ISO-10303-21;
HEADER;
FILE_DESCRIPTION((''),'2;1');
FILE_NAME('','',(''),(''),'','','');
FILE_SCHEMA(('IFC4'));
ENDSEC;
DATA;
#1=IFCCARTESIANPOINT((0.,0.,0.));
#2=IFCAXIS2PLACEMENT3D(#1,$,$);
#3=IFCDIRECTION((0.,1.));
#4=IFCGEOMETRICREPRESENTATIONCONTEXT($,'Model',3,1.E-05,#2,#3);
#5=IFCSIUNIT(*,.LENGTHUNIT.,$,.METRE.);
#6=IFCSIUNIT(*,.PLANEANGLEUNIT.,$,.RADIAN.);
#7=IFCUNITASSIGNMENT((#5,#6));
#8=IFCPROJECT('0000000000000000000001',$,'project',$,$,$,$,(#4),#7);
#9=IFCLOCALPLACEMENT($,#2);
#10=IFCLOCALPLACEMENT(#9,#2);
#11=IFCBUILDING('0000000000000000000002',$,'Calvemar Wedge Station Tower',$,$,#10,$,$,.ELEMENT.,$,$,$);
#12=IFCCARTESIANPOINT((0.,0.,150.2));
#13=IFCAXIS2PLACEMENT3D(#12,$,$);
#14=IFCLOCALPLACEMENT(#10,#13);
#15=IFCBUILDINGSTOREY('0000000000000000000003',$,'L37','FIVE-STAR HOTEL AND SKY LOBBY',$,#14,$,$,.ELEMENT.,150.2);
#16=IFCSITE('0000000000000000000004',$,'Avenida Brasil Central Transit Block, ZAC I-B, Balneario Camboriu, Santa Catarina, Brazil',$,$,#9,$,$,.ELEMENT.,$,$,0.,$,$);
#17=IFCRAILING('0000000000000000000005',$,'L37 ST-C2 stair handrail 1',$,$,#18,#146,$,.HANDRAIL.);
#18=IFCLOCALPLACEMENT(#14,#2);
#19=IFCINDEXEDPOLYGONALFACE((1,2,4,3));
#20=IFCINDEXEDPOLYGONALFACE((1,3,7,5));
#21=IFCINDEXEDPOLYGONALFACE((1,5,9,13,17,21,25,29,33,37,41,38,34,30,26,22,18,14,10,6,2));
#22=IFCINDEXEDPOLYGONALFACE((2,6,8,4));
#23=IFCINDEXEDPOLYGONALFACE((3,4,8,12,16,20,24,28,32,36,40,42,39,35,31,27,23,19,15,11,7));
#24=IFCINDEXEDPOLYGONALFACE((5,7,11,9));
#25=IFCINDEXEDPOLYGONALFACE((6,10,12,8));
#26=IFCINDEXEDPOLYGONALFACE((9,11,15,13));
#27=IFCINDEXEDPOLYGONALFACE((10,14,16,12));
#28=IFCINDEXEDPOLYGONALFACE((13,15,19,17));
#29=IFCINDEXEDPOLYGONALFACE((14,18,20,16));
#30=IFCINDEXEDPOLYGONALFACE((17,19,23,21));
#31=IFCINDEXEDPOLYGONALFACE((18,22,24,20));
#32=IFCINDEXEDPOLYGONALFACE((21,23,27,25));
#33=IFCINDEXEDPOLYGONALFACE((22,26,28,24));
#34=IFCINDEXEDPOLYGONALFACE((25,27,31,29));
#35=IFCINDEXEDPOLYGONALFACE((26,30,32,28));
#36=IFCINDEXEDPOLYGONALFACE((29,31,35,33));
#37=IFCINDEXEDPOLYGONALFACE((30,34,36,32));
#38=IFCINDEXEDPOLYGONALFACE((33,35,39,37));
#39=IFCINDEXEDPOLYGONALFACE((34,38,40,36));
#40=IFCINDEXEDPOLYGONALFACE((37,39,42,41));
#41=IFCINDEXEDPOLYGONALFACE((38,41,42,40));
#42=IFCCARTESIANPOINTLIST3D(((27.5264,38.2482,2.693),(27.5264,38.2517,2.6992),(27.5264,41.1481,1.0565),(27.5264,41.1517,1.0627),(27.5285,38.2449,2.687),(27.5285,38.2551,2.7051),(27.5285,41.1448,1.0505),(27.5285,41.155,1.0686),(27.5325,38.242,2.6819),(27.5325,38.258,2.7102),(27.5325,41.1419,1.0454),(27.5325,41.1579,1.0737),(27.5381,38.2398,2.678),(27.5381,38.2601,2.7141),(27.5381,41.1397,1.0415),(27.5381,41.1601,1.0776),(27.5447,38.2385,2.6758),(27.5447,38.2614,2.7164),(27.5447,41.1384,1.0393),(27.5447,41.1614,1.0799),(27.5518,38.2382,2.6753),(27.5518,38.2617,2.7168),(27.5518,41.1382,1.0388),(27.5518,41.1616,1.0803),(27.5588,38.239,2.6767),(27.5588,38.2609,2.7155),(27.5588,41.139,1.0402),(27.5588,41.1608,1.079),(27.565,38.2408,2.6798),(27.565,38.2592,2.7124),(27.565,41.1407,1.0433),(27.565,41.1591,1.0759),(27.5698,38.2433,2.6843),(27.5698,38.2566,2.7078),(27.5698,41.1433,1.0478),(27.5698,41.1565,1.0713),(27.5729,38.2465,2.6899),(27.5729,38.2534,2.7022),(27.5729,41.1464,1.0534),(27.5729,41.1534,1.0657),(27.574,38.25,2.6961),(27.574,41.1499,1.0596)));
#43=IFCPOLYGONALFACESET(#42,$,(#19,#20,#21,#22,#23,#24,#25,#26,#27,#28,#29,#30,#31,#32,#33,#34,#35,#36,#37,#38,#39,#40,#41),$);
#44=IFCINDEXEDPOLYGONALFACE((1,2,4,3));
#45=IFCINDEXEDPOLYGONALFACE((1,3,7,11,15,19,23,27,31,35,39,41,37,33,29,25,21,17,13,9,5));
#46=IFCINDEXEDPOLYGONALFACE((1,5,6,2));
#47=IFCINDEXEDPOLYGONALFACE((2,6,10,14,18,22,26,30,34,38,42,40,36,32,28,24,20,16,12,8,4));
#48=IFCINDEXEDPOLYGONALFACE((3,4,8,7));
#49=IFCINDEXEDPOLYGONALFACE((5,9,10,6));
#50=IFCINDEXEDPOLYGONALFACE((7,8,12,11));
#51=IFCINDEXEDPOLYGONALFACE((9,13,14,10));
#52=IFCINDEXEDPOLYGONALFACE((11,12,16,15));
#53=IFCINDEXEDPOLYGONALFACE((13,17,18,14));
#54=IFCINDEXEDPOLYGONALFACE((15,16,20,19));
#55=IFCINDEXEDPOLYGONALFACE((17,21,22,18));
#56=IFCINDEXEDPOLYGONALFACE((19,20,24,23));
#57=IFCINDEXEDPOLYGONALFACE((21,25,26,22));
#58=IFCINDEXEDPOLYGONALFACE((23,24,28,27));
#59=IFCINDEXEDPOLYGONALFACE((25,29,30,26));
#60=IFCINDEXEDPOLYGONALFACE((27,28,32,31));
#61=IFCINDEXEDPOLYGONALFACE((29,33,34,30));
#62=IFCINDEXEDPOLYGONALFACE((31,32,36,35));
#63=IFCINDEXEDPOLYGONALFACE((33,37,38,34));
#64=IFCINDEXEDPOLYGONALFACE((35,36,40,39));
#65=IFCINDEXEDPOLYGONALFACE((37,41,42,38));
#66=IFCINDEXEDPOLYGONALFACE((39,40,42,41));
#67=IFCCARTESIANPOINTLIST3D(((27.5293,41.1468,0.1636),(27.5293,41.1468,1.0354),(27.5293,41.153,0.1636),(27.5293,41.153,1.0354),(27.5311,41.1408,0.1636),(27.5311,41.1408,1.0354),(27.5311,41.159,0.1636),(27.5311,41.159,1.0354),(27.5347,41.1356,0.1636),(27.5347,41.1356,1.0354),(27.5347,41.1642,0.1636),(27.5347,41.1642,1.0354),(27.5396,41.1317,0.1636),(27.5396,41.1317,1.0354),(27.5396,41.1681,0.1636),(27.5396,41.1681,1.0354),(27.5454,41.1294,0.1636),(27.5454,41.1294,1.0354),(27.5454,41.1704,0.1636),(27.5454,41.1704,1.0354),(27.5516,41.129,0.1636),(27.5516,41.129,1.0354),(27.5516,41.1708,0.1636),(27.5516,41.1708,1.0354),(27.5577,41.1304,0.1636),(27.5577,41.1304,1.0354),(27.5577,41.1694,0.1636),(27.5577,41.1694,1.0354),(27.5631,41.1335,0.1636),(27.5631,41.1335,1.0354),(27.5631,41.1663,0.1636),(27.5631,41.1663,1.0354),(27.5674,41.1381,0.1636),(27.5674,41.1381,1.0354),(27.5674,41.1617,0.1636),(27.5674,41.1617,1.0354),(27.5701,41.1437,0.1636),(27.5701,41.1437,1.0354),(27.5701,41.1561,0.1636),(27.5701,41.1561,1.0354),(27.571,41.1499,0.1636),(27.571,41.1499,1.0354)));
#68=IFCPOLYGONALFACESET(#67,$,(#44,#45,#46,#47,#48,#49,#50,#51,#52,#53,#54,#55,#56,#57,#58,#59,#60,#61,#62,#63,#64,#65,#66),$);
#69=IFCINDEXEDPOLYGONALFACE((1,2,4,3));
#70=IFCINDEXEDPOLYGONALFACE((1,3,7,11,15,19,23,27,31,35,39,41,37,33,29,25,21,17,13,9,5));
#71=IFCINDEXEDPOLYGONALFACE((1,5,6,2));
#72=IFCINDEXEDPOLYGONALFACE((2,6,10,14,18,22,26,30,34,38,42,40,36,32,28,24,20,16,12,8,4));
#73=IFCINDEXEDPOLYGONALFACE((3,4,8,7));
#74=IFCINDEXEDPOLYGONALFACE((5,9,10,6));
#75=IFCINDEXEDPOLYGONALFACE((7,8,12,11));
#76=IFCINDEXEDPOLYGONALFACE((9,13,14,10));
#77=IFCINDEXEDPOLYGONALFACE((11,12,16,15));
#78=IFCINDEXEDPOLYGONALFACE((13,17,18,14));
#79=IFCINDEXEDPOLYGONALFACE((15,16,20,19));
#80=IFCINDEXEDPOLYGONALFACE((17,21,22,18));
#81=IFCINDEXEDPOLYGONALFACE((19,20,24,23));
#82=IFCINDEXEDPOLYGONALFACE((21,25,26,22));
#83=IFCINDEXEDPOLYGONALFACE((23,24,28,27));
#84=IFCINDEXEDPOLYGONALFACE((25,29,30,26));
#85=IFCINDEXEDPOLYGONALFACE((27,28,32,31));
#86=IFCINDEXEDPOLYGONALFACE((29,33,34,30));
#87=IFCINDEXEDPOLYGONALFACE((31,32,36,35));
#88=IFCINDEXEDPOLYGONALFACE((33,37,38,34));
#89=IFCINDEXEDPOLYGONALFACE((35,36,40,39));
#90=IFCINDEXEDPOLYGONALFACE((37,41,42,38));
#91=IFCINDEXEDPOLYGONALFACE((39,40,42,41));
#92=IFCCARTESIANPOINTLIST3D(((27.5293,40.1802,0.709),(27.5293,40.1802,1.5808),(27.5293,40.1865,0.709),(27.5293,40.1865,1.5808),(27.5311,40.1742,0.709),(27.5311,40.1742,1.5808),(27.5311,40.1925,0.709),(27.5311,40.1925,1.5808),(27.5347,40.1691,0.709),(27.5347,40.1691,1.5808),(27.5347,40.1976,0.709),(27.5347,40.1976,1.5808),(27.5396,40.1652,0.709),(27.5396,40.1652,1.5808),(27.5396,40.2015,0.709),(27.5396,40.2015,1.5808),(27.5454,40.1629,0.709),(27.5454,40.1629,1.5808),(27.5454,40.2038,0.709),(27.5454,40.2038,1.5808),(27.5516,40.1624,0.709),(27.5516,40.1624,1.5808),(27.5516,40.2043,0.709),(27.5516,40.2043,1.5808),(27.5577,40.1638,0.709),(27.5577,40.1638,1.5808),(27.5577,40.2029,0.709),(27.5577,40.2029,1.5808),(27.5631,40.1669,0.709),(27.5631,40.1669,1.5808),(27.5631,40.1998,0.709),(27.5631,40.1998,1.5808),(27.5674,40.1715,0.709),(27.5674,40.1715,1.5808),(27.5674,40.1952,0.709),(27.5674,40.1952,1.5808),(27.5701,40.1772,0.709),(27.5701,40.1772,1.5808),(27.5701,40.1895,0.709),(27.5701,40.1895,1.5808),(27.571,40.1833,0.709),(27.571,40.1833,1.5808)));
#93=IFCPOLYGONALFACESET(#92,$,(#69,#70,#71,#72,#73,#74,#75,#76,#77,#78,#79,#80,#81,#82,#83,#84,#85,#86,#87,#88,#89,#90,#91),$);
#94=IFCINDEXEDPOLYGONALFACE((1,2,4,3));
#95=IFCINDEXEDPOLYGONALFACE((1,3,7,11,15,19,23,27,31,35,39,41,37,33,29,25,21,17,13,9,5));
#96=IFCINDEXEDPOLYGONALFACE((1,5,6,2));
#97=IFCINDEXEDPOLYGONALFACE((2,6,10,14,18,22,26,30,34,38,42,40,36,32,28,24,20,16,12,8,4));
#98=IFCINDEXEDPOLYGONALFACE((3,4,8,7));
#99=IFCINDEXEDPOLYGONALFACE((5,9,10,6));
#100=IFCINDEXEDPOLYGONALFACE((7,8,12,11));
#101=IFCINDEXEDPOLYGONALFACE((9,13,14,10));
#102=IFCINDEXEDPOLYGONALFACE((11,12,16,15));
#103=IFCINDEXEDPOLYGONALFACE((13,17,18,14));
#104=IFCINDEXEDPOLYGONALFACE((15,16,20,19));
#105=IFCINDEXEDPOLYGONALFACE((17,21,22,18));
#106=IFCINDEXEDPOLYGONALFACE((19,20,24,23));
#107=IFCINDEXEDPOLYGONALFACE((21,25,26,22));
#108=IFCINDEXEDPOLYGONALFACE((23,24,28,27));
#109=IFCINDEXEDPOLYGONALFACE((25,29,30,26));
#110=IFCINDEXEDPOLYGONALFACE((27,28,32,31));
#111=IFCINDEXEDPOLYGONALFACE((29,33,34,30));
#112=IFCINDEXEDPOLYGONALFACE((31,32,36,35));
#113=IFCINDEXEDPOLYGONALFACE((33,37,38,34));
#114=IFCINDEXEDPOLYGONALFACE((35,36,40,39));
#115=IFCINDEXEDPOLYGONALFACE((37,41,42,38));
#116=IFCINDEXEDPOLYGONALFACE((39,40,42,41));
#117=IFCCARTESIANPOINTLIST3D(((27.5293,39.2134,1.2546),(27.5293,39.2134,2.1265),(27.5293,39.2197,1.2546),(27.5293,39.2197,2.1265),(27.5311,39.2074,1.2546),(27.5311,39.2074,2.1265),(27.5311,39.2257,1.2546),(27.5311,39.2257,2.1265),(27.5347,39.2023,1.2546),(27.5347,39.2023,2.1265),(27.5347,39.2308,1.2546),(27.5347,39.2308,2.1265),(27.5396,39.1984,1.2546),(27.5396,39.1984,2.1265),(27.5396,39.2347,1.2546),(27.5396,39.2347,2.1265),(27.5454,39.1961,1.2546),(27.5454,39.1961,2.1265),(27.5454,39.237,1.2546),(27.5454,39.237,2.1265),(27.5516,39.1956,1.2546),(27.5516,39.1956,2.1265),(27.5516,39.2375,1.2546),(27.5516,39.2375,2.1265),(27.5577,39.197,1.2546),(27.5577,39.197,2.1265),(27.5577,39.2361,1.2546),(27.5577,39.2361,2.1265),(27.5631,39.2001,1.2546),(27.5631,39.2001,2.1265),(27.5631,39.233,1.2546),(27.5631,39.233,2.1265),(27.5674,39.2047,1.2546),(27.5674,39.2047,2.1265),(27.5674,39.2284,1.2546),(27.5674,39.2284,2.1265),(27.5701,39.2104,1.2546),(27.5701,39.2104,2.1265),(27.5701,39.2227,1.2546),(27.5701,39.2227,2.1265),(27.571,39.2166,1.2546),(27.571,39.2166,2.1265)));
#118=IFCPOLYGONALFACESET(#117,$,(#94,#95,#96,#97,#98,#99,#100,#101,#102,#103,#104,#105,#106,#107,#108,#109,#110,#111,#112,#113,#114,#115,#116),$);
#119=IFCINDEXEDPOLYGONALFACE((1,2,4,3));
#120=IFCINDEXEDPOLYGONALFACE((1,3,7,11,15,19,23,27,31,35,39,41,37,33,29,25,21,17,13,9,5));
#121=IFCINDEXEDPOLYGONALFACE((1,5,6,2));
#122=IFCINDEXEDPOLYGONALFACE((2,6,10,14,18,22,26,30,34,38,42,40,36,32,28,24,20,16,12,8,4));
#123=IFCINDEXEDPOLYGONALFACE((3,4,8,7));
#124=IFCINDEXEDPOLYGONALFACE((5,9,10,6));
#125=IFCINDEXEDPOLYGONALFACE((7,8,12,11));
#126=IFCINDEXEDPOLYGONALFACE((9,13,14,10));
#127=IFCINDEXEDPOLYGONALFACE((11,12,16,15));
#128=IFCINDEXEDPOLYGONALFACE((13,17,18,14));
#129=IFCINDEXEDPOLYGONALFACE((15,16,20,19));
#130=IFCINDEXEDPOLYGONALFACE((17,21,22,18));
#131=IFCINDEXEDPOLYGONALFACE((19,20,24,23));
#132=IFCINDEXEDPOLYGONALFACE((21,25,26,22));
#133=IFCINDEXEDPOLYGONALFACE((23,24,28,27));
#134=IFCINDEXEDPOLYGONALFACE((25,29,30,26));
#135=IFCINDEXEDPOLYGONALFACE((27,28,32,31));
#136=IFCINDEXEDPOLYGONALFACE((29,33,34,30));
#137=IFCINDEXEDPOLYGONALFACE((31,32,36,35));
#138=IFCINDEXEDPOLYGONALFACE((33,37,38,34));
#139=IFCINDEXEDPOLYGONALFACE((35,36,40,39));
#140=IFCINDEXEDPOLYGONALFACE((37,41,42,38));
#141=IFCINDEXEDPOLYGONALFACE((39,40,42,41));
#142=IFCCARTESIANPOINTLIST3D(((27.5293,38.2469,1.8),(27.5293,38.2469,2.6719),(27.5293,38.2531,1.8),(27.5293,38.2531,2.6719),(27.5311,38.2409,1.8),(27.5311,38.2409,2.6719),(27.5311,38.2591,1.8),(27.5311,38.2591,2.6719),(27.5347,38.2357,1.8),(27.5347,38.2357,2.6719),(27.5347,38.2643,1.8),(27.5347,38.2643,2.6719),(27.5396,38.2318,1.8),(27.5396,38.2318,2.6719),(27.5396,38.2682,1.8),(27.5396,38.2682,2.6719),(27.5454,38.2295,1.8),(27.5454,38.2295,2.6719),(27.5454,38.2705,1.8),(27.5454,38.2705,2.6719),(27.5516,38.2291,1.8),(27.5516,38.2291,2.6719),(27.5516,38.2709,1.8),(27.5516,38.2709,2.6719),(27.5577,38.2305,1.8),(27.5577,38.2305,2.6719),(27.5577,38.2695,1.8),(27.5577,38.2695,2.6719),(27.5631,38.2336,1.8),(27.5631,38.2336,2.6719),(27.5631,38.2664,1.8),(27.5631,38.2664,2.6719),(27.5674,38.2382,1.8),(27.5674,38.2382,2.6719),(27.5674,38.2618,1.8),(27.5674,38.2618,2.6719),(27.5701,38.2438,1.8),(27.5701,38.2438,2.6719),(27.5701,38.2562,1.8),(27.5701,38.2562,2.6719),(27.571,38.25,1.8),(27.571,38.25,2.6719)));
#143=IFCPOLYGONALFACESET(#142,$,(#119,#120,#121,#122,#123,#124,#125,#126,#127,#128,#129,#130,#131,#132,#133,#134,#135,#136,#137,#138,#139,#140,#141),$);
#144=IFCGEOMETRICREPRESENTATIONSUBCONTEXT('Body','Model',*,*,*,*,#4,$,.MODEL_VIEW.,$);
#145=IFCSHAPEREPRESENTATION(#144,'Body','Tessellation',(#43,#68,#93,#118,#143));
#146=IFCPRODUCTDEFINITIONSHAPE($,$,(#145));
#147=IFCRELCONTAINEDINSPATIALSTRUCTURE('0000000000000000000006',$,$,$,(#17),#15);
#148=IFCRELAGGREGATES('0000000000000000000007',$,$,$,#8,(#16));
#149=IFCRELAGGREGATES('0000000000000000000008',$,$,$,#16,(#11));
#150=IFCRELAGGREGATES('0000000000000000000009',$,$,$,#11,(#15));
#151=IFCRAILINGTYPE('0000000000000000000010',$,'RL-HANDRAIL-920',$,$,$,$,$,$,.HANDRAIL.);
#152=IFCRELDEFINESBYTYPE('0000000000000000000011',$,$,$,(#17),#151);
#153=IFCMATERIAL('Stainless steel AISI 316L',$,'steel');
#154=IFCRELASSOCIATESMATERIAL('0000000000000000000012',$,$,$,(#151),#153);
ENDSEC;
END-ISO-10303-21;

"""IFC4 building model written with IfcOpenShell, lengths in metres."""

from ifc_helpers import new_model, si_unit, direction, frame, origin, origin_2d, place, context, subcontext, project, spatial, circle, extrude, material, type_object, element, save


model = new_model("IFC4")

# Units and contexts
model_context = context("Model", 3, precision=1e-05, world=origin(), true_north=direction((0.0, 1.0)))
body_context = subcontext(model_context, "Body", "Model", "MODEL_VIEW")
ifc_project = project(units=[si_unit("LENGTHUNIT", "METRE"), si_unit("PLANEANGLEUNIT", "RADIAN")], contexts=[model_context])

# Site, building, storey
site_placement = place(None, origin())
site = spatial("IfcSite", under=ifc_project, at=site_placement, Name="Avenida Brasil Central Transit Block, ZAC I-B, Balneario Camboriu, Santa Catarina, Brazil", CompositionType="ELEMENT", RefElevation=0.0)
building_placement = place(site_placement, origin())
building = spatial("IfcBuilding", under=site, at=building_placement, Name="Calvemar Wedge Station Tower", CompositionType="ELEMENT")
storey_placement = place(building_placement, frame((0.0, 0.0, 150.2)))
storey = spatial("IfcBuildingStorey", under=building, at=storey_placement, Name="L37", Description="FIVE-STAR HOTEL AND SKY LOBBY", CompositionType="ELEMENT", Elevation=150.2)

# Railing
ifc_material_1 = material(Name="Stainless steel AISI 316L", Category="steel")
railing_type = type_object("IfcRailingType", Name="RL-HANDRAIL-920", PredefinedType="HANDRAIL", material=ifc_material_1)
railing_placement = place(storey_placement, frame((27.55, 41.1499, 0.1636)))
element("IfcRailing", 1, at=railing_placement, inside=storey, type_object=railing_type, Name="L37 ST-C2 stair handrail 1", PredefinedType="HANDRAIL", context=body_context, shape_type="SweptSolid", body=[
    extrude(circle(Radius=0.0239, at=origin_2d()), frame((0.0, 0.0, 0.896), z_axis=(0.0, -0.870897, 0.491465), x_axis=(1.0, 0.0, 0.0)), (0.0, 0.0, 1.0), 3.3298),
    extrude(circle(Radius=0.021, at=origin_2d()), origin(), (0.0, 0.0, 1.0), 0.8718),
    extrude(circle(Radius=0.021, at=origin_2d()), frame((0.0, -0.9666, 0.5454)), (0.0, 0.0, 1.0), 0.8718),
    extrude(circle(Radius=0.021, at=origin_2d()), frame((0.0, -1.9333, 1.0911)), (0.0, 0.0, 1.0), 0.8718),
    extrude(circle(Radius=0.021, at=origin_2d()), frame((0.0, -2.8999, 1.6365)), (0.0, 0.0, 1.0), 0.8718),
])

save(model, "model.ifc")
